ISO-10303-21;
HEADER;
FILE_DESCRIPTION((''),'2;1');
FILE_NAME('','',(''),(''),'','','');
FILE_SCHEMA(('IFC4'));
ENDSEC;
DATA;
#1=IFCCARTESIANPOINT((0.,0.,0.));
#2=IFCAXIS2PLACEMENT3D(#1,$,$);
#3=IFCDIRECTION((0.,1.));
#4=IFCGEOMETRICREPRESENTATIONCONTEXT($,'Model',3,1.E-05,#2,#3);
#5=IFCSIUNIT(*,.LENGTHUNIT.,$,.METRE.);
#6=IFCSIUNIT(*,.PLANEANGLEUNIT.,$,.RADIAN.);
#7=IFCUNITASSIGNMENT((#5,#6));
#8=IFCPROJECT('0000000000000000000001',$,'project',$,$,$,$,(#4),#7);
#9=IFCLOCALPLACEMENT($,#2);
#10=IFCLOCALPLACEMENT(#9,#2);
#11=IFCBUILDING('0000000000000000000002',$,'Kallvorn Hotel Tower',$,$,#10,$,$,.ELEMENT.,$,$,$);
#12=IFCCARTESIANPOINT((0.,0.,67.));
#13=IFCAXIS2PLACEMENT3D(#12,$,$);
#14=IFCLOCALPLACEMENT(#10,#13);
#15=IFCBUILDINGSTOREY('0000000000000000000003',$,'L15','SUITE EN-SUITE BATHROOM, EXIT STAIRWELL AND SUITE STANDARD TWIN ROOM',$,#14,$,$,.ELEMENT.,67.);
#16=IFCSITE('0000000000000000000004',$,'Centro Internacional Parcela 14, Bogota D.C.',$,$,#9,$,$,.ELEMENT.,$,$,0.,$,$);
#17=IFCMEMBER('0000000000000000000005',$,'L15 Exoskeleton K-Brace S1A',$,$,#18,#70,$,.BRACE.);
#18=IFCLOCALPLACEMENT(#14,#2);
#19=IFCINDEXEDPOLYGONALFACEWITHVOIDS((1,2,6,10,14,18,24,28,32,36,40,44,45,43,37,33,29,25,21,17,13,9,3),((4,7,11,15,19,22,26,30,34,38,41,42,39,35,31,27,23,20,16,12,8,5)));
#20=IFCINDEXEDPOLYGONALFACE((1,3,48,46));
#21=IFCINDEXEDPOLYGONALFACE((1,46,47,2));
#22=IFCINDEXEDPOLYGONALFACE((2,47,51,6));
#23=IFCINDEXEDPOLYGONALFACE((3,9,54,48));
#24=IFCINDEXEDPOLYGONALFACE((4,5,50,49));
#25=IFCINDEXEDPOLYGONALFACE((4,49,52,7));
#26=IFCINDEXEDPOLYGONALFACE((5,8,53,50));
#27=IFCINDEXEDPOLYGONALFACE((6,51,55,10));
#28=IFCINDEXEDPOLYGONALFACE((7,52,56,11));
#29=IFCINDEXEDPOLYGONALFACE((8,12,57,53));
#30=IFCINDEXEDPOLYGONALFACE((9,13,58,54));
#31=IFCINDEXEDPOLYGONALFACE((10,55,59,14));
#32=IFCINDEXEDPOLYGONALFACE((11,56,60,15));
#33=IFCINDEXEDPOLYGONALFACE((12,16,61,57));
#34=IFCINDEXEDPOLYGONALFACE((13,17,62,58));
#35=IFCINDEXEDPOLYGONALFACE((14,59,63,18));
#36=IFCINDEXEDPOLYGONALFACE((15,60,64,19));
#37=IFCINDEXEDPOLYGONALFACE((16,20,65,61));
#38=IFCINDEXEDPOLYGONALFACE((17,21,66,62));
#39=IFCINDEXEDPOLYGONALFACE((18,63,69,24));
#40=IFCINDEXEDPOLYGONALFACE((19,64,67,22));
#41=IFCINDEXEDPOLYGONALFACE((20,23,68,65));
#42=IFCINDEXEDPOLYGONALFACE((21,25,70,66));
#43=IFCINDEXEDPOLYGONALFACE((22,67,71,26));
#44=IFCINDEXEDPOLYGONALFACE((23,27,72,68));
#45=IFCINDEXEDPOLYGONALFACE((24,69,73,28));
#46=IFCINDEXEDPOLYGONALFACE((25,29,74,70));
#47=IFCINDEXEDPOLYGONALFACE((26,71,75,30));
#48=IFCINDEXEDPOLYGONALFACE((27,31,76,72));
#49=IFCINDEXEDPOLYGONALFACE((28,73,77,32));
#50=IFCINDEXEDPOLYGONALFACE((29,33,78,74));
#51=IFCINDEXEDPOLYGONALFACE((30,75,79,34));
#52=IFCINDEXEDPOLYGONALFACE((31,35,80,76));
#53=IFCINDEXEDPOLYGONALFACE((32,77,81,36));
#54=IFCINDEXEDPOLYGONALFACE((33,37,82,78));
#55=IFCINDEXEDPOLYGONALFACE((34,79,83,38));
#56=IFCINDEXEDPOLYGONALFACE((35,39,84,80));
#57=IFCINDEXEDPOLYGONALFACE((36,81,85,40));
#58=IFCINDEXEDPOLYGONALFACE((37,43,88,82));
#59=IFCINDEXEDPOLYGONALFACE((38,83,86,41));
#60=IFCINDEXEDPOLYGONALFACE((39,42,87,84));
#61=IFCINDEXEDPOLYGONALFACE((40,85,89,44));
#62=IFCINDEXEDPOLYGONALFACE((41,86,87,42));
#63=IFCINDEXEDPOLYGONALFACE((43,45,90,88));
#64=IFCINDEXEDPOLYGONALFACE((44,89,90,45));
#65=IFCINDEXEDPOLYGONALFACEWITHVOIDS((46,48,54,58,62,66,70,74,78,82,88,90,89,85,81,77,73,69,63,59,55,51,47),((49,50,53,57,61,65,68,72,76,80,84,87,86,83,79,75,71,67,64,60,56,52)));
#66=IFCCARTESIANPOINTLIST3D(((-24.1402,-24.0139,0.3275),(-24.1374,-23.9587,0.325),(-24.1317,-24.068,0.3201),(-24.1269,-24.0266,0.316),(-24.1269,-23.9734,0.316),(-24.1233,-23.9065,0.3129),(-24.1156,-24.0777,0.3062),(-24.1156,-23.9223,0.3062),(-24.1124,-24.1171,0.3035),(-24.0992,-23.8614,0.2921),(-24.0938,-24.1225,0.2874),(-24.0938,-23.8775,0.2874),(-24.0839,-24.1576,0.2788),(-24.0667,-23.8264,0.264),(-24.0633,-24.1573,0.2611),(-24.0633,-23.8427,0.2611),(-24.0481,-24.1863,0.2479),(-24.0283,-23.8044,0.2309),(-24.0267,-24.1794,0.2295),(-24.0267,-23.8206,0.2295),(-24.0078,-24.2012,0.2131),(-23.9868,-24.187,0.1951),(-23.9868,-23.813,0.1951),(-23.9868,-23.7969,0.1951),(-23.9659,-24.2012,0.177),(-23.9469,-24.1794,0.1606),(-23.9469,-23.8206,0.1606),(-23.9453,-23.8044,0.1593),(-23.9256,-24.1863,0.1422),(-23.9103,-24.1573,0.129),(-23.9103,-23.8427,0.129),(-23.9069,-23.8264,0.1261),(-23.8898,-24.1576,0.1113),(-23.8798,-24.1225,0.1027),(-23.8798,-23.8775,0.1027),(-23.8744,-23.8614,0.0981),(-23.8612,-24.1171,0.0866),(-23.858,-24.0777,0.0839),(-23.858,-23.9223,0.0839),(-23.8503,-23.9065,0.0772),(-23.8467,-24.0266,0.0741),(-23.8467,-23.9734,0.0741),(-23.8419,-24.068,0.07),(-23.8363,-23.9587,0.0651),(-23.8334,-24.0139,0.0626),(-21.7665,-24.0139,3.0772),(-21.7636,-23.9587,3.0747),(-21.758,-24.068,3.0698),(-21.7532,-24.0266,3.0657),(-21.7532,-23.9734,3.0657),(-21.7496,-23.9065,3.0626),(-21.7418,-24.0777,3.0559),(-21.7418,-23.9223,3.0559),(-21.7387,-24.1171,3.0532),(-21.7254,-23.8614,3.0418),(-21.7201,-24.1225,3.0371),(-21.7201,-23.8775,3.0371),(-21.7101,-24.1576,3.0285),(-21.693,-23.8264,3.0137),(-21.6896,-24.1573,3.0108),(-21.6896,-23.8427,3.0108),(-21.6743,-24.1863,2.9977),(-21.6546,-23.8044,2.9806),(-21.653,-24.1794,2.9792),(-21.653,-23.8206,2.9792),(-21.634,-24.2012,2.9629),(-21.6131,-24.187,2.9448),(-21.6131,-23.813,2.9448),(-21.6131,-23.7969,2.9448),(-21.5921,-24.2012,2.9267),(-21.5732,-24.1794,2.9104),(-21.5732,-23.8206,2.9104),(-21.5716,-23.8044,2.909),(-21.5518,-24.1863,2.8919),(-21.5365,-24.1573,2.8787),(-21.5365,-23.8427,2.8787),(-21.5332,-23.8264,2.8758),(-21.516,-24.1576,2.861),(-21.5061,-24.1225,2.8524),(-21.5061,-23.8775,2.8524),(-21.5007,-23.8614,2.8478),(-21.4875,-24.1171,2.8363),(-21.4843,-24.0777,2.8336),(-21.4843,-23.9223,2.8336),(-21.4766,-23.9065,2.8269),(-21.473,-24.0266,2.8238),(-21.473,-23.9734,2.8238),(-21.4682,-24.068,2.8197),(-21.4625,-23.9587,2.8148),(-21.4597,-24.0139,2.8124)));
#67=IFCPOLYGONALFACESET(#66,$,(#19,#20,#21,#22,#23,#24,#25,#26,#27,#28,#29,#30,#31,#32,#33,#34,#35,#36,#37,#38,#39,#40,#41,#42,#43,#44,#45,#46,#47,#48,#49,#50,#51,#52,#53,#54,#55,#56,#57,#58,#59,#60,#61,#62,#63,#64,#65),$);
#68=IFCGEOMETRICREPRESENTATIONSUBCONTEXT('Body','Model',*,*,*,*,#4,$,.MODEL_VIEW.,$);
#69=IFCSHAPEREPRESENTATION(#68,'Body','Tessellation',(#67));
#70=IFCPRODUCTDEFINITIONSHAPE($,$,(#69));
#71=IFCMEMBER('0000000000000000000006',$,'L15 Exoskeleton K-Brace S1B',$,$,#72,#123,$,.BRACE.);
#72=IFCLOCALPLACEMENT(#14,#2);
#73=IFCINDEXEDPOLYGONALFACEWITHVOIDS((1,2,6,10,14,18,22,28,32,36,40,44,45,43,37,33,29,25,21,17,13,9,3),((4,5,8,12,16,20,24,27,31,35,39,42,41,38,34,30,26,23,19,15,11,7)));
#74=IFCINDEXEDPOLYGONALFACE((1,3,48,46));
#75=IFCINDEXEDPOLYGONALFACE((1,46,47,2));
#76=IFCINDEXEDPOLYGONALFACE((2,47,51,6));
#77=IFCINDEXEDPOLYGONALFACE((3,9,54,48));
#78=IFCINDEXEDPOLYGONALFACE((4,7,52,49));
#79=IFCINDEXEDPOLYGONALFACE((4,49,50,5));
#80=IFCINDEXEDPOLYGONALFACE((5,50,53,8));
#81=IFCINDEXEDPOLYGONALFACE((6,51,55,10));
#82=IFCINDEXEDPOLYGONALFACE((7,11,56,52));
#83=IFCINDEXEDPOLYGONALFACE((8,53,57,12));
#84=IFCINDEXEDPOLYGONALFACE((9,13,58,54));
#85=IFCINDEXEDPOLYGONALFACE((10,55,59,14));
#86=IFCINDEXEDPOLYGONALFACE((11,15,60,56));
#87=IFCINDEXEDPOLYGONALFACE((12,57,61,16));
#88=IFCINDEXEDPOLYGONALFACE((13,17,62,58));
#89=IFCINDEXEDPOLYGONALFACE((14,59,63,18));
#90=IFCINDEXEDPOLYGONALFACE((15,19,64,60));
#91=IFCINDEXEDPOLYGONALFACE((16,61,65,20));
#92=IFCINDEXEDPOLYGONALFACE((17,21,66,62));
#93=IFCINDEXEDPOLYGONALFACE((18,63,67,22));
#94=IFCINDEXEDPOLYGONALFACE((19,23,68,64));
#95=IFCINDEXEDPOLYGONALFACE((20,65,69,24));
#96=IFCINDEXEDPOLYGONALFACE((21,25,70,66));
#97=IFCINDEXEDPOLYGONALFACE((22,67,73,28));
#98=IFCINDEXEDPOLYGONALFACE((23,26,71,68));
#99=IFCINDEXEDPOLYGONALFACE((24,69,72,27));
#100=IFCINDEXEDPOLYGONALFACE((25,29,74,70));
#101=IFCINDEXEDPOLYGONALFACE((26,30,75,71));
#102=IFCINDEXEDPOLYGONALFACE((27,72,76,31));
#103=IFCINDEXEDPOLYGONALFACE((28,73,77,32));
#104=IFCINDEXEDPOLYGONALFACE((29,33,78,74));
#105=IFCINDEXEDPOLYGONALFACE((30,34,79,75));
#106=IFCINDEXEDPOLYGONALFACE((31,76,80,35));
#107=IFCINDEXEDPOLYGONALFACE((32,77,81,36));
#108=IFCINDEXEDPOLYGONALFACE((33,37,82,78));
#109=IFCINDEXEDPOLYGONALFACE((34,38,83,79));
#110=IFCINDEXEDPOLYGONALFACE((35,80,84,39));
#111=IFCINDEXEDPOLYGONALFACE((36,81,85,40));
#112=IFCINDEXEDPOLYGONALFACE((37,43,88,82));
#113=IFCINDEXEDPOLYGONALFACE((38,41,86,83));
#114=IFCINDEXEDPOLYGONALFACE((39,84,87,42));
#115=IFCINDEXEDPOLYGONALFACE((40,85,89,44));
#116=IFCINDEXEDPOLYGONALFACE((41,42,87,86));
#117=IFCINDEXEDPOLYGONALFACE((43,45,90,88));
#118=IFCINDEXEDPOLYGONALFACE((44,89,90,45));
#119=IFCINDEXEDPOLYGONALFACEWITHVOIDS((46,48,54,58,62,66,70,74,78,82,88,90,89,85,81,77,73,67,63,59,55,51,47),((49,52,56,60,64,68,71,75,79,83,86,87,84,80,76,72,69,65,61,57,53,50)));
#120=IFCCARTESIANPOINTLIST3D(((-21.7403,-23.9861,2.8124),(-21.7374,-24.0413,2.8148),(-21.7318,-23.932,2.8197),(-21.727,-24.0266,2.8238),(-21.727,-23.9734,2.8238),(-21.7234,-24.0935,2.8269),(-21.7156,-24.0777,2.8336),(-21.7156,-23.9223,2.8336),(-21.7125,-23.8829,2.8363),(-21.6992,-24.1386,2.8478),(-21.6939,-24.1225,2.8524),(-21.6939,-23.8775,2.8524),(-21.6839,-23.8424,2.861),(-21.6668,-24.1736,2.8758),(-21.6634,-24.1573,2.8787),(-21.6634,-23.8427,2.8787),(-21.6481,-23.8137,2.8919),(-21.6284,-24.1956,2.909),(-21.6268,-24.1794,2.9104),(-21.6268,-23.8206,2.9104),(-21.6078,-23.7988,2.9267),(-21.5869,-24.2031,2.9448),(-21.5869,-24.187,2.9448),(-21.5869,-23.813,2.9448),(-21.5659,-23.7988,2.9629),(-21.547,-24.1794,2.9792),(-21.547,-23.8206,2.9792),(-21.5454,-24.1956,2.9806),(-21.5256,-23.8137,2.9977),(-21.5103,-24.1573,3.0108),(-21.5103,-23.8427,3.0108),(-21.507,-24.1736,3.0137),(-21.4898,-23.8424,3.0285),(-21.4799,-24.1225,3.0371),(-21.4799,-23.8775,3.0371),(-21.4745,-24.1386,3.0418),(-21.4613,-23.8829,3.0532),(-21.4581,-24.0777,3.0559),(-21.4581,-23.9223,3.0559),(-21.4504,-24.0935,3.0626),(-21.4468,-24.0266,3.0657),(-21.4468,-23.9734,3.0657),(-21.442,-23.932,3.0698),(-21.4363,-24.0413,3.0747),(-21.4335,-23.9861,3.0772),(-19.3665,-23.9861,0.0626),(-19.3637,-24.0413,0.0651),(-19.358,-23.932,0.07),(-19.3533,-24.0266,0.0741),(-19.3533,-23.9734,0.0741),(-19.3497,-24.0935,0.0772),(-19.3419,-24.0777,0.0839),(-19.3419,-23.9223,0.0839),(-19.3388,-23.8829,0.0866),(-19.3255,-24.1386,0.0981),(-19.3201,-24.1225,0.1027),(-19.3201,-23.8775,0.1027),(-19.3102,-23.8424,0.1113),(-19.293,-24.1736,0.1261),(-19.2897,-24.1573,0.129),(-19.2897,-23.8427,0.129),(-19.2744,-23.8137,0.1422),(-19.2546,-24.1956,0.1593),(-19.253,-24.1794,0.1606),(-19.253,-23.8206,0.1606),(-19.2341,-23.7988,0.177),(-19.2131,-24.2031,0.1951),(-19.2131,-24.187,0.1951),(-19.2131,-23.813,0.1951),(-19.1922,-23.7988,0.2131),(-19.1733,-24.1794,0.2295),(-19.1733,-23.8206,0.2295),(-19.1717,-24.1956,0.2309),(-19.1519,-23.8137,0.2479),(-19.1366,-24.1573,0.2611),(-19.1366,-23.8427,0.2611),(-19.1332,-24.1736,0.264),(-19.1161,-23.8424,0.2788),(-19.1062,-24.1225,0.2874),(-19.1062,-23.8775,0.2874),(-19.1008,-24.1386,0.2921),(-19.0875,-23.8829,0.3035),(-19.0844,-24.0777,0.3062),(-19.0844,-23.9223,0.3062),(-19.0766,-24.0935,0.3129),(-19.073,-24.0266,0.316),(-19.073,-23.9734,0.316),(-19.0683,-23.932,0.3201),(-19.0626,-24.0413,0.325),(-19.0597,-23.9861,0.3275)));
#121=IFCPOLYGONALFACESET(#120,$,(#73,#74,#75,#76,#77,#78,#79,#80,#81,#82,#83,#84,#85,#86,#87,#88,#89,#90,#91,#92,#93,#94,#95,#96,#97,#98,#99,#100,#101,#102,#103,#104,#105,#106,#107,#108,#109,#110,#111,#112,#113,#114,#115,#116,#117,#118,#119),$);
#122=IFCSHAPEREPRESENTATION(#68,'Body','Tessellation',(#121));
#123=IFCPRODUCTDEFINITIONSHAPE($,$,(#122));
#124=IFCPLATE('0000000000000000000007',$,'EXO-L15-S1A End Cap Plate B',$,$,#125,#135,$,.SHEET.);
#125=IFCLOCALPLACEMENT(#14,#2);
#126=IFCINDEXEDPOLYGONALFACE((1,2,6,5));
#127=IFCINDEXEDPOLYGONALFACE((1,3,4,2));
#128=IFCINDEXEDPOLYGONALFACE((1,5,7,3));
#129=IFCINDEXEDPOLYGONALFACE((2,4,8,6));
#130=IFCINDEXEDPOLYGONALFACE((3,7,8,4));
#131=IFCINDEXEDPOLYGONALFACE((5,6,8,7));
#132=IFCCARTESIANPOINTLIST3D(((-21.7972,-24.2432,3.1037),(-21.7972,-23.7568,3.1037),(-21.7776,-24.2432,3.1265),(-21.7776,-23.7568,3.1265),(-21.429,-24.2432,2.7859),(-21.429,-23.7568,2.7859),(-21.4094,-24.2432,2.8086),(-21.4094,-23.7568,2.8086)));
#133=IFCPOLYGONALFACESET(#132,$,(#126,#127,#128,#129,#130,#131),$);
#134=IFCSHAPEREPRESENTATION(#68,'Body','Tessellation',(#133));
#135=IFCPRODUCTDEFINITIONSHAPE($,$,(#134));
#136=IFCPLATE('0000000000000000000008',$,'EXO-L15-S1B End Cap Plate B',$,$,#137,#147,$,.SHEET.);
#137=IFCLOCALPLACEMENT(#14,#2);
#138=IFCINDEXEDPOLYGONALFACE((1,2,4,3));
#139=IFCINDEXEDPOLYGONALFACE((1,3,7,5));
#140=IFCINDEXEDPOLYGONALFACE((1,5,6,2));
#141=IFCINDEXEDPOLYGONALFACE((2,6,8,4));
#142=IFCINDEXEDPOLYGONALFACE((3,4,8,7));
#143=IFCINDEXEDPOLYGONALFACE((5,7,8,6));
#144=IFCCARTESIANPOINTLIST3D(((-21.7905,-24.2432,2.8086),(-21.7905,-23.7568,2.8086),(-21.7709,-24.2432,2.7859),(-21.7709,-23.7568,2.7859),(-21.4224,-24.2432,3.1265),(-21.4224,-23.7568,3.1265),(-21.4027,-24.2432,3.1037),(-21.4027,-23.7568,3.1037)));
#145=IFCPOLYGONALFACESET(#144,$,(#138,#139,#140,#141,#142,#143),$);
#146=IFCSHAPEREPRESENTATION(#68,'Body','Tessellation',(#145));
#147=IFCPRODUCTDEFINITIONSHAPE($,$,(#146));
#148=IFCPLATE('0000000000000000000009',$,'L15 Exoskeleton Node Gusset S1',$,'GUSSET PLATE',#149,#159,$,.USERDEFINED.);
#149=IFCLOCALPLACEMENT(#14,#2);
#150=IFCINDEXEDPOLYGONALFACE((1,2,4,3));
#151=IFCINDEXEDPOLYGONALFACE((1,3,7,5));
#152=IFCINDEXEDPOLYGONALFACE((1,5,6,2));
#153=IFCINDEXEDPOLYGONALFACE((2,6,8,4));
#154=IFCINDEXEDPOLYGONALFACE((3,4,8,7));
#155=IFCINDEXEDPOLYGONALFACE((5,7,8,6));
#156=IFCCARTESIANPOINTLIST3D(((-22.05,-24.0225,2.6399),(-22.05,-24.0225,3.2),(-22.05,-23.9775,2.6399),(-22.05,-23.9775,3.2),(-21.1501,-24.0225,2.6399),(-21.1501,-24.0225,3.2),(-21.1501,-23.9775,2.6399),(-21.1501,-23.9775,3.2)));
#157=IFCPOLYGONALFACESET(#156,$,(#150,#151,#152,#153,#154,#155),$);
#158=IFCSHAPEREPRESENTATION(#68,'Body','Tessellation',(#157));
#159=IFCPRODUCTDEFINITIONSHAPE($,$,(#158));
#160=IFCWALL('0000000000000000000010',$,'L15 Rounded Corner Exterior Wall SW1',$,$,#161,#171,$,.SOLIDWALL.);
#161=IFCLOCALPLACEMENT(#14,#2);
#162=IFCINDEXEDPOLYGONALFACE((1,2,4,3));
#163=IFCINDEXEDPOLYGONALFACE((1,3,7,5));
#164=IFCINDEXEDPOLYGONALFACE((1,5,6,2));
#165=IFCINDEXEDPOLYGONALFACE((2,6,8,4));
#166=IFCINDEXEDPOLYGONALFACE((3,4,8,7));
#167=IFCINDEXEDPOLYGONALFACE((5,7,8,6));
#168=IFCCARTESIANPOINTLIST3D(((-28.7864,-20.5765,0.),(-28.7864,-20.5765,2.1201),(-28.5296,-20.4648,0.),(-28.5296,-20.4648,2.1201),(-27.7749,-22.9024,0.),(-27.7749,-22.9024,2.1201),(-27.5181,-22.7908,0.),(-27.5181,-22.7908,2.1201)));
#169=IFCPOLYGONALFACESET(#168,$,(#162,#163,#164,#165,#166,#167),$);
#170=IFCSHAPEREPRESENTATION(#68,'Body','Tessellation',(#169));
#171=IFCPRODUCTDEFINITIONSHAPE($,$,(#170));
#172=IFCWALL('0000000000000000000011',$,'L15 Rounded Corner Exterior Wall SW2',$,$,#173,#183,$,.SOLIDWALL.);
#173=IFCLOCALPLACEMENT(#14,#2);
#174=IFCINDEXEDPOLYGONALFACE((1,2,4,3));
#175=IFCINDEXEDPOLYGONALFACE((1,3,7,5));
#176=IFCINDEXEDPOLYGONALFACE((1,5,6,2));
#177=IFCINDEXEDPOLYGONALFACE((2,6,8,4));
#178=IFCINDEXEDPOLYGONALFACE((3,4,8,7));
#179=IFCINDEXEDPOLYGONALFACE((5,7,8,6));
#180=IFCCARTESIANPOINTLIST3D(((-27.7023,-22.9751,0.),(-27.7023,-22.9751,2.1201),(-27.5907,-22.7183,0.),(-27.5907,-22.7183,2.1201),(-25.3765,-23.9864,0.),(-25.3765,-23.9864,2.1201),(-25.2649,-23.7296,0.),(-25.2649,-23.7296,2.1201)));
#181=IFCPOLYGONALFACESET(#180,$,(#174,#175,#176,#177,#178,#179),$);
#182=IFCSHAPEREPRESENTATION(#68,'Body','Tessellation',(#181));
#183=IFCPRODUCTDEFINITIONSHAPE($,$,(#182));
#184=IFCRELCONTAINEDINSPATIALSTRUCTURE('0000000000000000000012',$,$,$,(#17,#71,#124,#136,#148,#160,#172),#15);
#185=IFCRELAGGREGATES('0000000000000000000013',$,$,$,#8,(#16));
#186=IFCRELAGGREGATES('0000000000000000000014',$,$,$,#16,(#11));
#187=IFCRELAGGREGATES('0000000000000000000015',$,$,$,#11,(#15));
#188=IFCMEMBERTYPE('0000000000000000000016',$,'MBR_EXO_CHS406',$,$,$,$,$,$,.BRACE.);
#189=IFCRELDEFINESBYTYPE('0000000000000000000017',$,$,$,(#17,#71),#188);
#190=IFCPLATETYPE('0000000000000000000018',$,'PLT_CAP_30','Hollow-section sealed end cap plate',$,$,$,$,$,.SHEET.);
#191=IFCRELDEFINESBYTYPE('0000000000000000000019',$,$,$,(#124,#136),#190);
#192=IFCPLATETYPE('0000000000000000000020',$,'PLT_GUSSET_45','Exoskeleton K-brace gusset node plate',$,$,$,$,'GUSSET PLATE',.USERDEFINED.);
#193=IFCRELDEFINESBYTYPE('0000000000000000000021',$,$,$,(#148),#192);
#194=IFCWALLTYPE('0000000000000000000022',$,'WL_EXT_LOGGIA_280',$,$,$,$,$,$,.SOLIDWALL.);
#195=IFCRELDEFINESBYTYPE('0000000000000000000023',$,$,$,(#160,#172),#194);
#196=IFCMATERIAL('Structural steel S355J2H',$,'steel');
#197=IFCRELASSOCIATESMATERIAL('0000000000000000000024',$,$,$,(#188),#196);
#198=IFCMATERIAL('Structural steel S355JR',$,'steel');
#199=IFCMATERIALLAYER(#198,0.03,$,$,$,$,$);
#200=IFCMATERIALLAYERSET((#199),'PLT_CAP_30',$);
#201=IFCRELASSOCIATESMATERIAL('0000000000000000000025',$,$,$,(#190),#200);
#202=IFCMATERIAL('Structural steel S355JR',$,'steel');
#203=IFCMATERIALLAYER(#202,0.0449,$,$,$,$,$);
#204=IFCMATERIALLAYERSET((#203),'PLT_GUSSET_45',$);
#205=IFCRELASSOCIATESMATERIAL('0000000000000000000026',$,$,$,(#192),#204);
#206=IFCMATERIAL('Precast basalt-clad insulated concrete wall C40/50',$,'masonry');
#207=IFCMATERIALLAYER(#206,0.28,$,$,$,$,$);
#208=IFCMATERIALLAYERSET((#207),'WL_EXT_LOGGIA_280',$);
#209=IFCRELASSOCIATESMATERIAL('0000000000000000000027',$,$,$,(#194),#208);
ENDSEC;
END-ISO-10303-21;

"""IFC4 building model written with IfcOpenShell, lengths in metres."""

from ifc_helpers import new_model, si_unit, direction, frame, frame_2d, origin, origin_2d, place, context, subcontext, project, spatial, polyline, rectangle, hollow_circle, outline, extrude, material, layer, layer_set, material_profile, profile_set, type_object, element, save


model = new_model("IFC4")

# Units and contexts
model_context = context("Model", 3, precision=1e-05, world=origin(), true_north=direction((0.0, 1.0)))
body_context = subcontext(model_context, "Body", "Model", "MODEL_VIEW")
ifc_project = project(units=[si_unit("LENGTHUNIT", "METRE"), si_unit("PLANEANGLEUNIT", "RADIAN")], contexts=[model_context])

# Site, building, storey
site_placement = place(None, origin())
site = spatial("IfcSite", under=ifc_project, at=site_placement, Name="Centro Internacional Parcela 14, Bogota D.C.", CompositionType="ELEMENT", RefElevation=0.0)
building_placement = place(site_placement, origin())
building = spatial("IfcBuilding", under=site, at=building_placement, Name="Kallvorn Hotel Tower", CompositionType="ELEMENT")
storey_placement = place(building_placement, frame((0.0, 0.0, 67.0)))
storey = spatial("IfcBuildingStorey", under=building, at=storey_placement, Name="L15", Description="SUITE EN-SUITE BATHROOM, EXIT STAIRWELL AND SUITE STANDARD TWIN ROOM", CompositionType="ELEMENT", Elevation=67.0)

# Members
ifc_material_1 = material(Name="Structural steel S355J2H", Category="steel")
ifc_material_profile_1 = material_profile(ifc_material_1, hollow_circle(Radius=0.2031, WallThickness=0.0161, at=origin_2d()), Name="CHS 406.4x16")
ifc_profile_set_1 = profile_set([ifc_material_profile_1], Name="Structural steel S355J2H")
member_type = type_object("IfcMemberType", Name="MBR_EXO_CHS406", PredefinedType="BRACE", material=ifc_profile_set_1)
for number, where, z_axis, x_axis, name in (
    (1, (-23.9868, -24.0, 0.1951), (0.653461, 0.0, 0.756961), (0.0, 1.0, 0.0), "L15 Exoskeleton K-Brace S1A"),
    (2, (-19.2131, -24.0, 0.1951), (-0.653461, 0.0, 0.756961), (0.0, -1.0, 0.0), "L15 Exoskeleton K-Brace S1B"),
):
    element("IfcMember", number, at=place(storey_placement, frame(where, z_axis=z_axis, x_axis=x_axis)), inside=storey, type_object=member_type, Name=name, PredefinedType="BRACE", context=body_context, shape_type="SweptSolid", body=[
        extrude(hollow_circle(Radius=0.2031, WallThickness=0.0161, at=origin_2d()), origin(), (0.0, 0.0, 1.0), 3.6326),
    ])

# Plates
ifc_material_2 = material(Name="Structural steel S355JR", Category="steel")
ifc_layer_1 = layer(ifc_material_2, 0.03)
ifc_layer_set_1 = layer_set([ifc_layer_1], Name="PLT_CAP_30")
plate_type_1 = type_object("IfcPlateType", Name="PLT_CAP_30", Description="Hollow-section sealed end cap plate", PredefinedType="SHEET", material=ifc_layer_set_1)
for number, where, z_axis, x_axis, name in (
    (3, (-21.4094, -24.2432, 2.8086), (0.653515, 0.0, 0.756913), (0.0, 1.0, 0.0), "EXO-L15-S1A End Cap Plate B"),
    (4, (-21.7905, -23.7568, 2.8086), (-0.653515, 0.0, 0.756913), (0.0, -1.0, 0.0), "EXO-L15-S1B End Cap Plate B"),
):
    element("IfcPlate", number, at=place(storey_placement, frame(where, z_axis=z_axis, x_axis=x_axis)), inside=storey, type_object=plate_type_1, Name=name, PredefinedType="SHEET", context=body_context, shape_type="SweptSolid", body=[
        extrude(outline(polyline([(0.0, 0.0), (0.4863, 0.0), (0.4863, 0.4864), (0.0, 0.4864), (0.0, 0.0)])), origin(), (0.0, 0.0, -1.0), 0.03),
    ])
ifc_material_3 = material(Name="Structural steel S355JR", Category="steel")
ifc_layer_2 = layer(ifc_material_3, 0.0449)
ifc_layer_set_2 = layer_set([ifc_layer_2], Name="PLT_GUSSET_45")
plate_type_2 = type_object("IfcPlateType", Name="PLT_GUSSET_45", Description="Exoskeleton K-brace gusset node plate", ElementType="GUSSET PLATE", PredefinedType="USERDEFINED", material=ifc_layer_set_2)
plate_placement = place(storey_placement, frame((-21.6001, -24.0, 2.6399), z_axis=(0.0, 0.0, 1.0), x_axis=(1.0, 0.0, 0.0)))
element("IfcPlate", 5, at=plate_placement, inside=storey, type_object=plate_type_2, Name="L15 Exoskeleton Node Gusset S1", ObjectType="GUSSET PLATE", PredefinedType="USERDEFINED", context=body_context, shape_type="SweptSolid", body=[
    extrude(rectangle(XDim=0.8999, YDim=0.0449, at=origin_2d()), origin(), (0.0, 0.0, 1.0), 0.5601),
])

# Walls
ifc_material_4 = material(Name="Precast basalt-clad insulated concrete wall C40/50", Category="masonry")
ifc_layer_3 = layer(ifc_material_4, 0.28)
ifc_layer_set_3 = layer_set([ifc_layer_3], Name="WL_EXT_LOGGIA_280")
wall_type_1 = type_object("IfcWallType", Name="WL_EXT_LOGGIA_280", PredefinedType="SOLIDWALL", material=ifc_layer_set_3)
wall_1_placement = place(storey_placement, frame((-28.658, -20.5208, 0.0), z_axis=(0.0, 0.0, 1.0), x_axis=(0.398793, -0.917041, 0.0)))
element("IfcWall", 6, at=wall_1_placement, inside=storey, type_object=wall_type_1, Name="L15 Rounded Corner Exterior Wall SW1", PredefinedType="SOLIDWALL", context=body_context, shape_type="SweptSolid", body=[
    extrude(rectangle(XDim=2.5364, YDim=0.28, at=frame_2d((1.2681, 0.0))), origin(), (0.0, 0.0, 1.0), 2.1201),
])
wall_2_placement = place(storey_placement, frame((-27.6465, -22.8467, 0.0), z_axis=(0.0, 0.0, 1.0), x_axis=(0.917061, -0.398747, 0.0)))
element("IfcWall", 7, at=wall_2_placement, inside=storey, type_object=wall_type_1, Name="L15 Rounded Corner Exterior Wall SW2", PredefinedType="SOLIDWALL", context=body_context, shape_type="SweptSolid", body=[
    extrude(rectangle(XDim=2.5361, YDim=0.28, at=frame_2d((1.2681, 0.0))), origin(), (0.0, 0.0, 1.0), 2.1201),
])

save(model, "model.ifc")
